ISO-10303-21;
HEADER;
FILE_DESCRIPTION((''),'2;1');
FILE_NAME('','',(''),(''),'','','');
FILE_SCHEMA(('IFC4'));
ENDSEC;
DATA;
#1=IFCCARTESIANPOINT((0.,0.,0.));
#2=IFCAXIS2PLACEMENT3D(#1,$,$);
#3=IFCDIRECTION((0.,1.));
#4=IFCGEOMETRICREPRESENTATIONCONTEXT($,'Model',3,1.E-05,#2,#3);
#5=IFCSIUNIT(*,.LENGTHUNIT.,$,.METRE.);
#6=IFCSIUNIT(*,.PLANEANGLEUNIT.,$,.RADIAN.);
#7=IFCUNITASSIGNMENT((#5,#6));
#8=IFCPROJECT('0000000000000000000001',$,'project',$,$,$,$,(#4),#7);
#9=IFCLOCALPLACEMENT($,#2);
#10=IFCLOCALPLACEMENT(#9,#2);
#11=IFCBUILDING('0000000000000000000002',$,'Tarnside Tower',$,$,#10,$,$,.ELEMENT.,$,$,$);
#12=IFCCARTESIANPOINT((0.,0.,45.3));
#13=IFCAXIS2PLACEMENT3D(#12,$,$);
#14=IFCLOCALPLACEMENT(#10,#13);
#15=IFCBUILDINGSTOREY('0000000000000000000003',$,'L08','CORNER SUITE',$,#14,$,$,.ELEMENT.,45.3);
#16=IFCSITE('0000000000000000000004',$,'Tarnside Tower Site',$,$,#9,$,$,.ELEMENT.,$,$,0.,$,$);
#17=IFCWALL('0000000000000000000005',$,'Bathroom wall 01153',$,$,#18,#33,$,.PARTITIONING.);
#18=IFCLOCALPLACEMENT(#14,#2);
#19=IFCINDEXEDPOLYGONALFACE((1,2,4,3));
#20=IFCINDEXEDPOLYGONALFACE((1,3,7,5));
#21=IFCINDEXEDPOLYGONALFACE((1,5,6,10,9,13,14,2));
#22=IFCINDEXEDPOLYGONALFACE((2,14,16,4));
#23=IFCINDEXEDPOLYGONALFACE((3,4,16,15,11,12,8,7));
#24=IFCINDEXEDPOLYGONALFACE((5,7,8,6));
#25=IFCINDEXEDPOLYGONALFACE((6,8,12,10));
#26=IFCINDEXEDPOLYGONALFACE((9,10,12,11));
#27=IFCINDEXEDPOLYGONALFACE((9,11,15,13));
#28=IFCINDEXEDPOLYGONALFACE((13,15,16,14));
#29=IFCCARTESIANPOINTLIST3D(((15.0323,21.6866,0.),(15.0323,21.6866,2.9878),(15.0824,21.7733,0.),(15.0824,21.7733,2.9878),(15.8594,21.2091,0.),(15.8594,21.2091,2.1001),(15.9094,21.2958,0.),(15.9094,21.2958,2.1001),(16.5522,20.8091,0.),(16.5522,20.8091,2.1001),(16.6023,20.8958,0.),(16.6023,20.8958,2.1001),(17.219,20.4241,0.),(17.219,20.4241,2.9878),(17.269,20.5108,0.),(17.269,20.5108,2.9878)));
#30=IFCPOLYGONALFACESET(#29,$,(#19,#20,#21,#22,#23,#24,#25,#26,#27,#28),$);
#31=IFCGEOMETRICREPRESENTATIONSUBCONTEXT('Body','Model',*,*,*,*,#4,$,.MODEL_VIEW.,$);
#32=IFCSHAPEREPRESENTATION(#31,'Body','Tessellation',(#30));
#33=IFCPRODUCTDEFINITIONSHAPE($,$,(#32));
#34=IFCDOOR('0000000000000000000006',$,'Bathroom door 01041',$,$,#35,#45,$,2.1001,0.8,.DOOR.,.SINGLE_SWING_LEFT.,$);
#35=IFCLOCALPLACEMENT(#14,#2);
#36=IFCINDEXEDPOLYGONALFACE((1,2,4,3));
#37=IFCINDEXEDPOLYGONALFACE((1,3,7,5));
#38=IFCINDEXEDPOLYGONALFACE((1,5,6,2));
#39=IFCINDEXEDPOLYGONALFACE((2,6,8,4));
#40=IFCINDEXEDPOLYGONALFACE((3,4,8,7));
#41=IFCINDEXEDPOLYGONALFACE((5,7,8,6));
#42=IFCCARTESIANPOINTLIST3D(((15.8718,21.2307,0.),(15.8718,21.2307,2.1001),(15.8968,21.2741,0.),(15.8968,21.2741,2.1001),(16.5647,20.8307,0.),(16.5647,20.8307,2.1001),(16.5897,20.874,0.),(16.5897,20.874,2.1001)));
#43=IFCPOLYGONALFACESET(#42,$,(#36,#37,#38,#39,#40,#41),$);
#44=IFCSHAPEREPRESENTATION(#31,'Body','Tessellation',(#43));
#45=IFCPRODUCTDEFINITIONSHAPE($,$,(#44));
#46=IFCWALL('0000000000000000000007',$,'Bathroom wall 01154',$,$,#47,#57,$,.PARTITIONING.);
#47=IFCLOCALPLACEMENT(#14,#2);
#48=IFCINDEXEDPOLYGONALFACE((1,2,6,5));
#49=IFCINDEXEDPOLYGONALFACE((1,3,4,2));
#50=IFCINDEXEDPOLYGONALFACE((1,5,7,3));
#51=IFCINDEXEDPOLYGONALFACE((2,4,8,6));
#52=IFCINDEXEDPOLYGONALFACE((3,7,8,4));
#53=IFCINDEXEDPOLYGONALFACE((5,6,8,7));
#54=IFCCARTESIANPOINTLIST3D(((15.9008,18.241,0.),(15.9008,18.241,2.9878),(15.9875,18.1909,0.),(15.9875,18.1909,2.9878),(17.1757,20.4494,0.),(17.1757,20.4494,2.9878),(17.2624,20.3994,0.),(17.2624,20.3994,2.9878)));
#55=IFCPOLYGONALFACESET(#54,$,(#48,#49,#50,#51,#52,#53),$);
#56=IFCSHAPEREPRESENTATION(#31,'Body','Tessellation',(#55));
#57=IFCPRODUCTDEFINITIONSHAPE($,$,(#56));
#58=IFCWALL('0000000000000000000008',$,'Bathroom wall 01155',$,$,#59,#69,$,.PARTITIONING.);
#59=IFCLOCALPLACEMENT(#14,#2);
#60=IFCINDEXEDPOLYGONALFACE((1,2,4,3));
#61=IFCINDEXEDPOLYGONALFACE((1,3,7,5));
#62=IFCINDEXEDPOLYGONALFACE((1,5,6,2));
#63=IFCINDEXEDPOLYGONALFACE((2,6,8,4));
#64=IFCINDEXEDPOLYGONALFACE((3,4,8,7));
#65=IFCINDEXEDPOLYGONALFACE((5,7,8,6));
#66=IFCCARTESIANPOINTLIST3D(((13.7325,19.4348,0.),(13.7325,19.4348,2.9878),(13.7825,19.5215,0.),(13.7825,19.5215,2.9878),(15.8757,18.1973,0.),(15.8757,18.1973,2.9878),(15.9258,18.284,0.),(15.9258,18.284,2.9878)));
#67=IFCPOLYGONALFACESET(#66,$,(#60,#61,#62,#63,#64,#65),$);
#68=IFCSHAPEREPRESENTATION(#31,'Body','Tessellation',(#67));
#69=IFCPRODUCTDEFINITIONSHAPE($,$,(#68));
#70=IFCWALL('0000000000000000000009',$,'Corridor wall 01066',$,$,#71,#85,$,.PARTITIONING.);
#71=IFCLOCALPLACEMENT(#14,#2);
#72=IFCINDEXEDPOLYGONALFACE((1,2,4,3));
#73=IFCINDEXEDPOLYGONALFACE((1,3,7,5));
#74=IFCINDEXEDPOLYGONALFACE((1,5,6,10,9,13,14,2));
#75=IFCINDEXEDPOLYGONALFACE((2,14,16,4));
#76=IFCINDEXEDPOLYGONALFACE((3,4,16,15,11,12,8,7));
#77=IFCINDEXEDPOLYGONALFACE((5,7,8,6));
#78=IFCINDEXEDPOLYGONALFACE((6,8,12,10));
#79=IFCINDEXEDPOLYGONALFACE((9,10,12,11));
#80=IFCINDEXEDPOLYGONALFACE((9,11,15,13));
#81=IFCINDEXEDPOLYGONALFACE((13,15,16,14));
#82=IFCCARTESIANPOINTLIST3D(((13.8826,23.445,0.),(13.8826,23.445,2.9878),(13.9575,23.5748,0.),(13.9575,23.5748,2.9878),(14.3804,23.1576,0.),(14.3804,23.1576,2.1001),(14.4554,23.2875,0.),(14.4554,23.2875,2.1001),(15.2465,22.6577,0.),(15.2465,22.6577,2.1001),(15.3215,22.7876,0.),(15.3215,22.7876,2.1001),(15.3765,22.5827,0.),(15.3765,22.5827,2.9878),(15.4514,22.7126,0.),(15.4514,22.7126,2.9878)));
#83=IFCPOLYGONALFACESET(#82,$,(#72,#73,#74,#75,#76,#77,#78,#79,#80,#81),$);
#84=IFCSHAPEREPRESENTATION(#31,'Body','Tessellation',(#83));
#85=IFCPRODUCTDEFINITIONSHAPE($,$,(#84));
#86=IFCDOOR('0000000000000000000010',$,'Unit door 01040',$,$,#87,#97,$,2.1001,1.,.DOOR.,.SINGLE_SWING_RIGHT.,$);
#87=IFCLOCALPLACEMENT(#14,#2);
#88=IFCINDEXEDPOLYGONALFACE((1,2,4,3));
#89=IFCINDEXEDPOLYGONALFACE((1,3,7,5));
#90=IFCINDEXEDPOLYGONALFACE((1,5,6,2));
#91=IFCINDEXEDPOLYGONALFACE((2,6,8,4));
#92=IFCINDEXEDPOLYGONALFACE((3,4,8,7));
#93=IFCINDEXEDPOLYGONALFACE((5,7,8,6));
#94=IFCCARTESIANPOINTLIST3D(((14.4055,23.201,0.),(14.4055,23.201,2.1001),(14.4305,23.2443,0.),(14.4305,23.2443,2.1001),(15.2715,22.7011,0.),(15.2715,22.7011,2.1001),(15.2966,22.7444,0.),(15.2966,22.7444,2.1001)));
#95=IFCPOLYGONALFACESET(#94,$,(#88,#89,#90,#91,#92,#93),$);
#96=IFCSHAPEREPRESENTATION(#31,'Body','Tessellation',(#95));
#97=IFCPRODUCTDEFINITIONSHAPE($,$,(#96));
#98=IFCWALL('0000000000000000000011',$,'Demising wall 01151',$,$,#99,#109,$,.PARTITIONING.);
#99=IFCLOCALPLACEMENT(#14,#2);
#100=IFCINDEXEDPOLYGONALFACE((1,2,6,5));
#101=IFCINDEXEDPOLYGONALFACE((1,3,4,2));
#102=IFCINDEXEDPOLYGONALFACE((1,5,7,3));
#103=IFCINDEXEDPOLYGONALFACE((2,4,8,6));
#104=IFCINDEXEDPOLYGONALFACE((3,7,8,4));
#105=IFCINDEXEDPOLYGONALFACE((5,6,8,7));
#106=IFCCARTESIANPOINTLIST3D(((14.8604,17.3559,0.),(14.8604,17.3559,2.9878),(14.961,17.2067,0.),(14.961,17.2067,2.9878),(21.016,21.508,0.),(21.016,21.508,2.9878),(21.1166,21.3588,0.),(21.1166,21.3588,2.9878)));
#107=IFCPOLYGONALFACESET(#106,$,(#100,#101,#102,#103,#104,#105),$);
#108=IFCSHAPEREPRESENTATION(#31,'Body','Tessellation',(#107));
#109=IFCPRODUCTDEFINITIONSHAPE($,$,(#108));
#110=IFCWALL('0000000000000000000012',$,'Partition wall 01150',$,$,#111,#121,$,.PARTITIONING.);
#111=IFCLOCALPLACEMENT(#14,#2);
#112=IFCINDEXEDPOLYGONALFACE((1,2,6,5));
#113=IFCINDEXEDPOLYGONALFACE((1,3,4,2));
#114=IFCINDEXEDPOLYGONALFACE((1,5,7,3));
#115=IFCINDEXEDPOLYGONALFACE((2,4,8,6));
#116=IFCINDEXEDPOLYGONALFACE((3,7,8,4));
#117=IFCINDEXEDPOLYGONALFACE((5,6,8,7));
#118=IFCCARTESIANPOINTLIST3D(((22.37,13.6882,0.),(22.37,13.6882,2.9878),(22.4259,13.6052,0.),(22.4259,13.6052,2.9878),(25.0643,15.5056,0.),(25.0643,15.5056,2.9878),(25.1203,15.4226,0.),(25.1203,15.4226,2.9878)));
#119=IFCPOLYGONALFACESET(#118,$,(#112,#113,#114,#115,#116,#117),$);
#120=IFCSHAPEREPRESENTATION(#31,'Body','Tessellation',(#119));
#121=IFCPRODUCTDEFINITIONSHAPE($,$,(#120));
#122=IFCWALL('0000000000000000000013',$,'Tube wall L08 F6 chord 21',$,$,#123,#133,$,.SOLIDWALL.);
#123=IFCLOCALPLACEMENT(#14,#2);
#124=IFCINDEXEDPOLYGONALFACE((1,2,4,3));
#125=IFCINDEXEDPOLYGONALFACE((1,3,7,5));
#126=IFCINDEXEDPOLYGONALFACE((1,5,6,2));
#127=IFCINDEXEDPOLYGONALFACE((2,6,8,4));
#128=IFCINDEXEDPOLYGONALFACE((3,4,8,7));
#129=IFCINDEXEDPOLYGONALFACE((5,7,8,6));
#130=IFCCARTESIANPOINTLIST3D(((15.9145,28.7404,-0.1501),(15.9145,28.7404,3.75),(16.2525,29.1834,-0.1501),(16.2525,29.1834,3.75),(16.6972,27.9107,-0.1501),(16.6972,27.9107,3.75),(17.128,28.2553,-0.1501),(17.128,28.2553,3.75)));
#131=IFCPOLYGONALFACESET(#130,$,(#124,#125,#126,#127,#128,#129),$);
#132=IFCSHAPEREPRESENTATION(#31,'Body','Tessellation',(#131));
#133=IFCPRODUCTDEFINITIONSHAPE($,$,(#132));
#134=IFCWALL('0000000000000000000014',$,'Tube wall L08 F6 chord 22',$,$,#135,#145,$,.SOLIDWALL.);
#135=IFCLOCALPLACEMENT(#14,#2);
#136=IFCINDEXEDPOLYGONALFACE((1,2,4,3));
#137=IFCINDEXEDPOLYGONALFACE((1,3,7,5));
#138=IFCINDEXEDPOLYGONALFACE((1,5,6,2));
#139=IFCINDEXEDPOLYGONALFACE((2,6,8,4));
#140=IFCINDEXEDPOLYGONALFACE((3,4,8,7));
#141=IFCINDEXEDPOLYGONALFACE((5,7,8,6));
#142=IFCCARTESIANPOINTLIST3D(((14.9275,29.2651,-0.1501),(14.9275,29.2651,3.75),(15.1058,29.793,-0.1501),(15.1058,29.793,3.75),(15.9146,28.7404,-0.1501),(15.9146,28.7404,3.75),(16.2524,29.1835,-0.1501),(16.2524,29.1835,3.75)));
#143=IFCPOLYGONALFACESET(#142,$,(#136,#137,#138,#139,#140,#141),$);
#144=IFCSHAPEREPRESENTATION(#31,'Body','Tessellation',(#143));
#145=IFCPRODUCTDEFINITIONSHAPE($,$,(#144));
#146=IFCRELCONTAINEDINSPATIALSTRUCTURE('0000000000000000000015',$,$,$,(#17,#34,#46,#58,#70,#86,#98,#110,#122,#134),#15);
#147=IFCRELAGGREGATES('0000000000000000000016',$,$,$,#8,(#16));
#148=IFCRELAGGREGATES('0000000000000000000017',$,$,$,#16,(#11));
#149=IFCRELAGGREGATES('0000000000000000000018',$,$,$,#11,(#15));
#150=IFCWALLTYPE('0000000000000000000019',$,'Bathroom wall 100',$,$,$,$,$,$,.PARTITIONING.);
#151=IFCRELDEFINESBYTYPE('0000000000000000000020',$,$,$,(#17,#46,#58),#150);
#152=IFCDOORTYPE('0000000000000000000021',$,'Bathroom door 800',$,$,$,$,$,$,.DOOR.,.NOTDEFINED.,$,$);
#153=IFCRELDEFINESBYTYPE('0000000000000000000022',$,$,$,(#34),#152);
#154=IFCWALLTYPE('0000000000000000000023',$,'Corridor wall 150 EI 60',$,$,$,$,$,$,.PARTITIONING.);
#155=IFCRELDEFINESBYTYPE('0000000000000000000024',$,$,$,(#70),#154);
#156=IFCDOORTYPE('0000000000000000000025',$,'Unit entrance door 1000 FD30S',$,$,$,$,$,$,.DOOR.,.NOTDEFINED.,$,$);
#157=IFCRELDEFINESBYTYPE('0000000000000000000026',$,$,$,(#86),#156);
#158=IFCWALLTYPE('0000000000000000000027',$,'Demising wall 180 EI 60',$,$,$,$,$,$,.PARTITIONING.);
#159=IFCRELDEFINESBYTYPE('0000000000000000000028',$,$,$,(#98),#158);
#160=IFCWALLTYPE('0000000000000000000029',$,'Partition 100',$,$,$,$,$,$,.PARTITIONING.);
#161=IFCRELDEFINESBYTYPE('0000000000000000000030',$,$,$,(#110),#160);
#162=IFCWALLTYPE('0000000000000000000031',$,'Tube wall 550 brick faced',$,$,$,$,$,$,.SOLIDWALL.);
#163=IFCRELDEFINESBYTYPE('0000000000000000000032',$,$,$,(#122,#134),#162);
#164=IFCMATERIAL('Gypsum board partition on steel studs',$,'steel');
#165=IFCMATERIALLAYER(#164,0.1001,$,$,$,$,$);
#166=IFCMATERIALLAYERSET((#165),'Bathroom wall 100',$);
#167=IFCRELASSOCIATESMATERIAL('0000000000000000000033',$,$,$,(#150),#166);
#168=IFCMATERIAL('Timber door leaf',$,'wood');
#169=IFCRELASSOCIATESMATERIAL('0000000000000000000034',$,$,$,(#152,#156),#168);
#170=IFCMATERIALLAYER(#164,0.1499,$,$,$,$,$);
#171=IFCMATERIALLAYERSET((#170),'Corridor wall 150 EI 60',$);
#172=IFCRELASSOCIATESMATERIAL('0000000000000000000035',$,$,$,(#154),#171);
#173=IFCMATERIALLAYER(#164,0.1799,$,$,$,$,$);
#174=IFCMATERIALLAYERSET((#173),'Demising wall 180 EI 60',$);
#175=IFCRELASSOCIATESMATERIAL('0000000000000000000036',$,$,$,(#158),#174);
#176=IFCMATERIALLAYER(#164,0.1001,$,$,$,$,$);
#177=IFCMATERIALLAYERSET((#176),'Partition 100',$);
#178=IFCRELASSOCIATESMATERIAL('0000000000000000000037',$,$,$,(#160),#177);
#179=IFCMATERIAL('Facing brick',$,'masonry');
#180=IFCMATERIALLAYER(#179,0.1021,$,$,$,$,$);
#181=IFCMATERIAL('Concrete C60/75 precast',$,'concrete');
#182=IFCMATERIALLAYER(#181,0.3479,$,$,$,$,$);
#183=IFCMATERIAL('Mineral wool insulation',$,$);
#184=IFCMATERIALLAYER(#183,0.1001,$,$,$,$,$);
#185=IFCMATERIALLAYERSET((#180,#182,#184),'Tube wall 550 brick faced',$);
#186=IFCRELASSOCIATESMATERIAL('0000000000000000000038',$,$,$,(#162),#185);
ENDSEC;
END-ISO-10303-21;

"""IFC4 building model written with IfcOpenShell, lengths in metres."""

from ifc_helpers import new_model, si_unit, direction, frame, frame_2d, origin, place, context, subcontext, project, spatial, polyline, rectangle, outline, extrude, material, layer, layer_set, type_object, element, fill, save


model = new_model("IFC4")

# Units and contexts
model_context = context("Model", 3, precision=1e-05, world=origin(), true_north=direction((0.0, 1.0)))
body_context = subcontext(model_context, "Body", "Model", "MODEL_VIEW")
ifc_project = project(units=[si_unit("LENGTHUNIT", "METRE"), si_unit("PLANEANGLEUNIT", "RADIAN")], contexts=[model_context])

# Site, building, storey
site_placement = place(None, origin())
site = spatial("IfcSite", under=ifc_project, at=site_placement, Name="Tarnside Tower Site", CompositionType="ELEMENT", RefElevation=0.0)
building_placement = place(site_placement, origin())
building = spatial("IfcBuilding", under=site, at=building_placement, Name="Tarnside Tower", CompositionType="ELEMENT")
storey_placement = place(building_placement, frame((0.0, 0.0, 45.3)))
storey = spatial("IfcBuildingStorey", under=building, at=storey_placement, Name="L08", Description="CORNER SUITE", CompositionType="ELEMENT", Elevation=45.3)

# Shared definitions
ifc_material_1 = material(Name="Gypsum board partition on steel studs", Category="steel")
ifc_layer_1 = layer(ifc_material_1, 0.1001)
ifc_layer_set_1 = layer_set([ifc_layer_1], Name="Bathroom wall 100")
wall_type_1 = type_object("IfcWallType", Name="Bathroom wall 100", PredefinedType="PARTITIONING", material=ifc_layer_set_1)

# Wall, opening, door
ifc_material_2 = material(Name="Timber door leaf", Category="wood")
door_type_1 = type_object("IfcDoorType", Name="Bathroom door 800", OperationType="NOTDEFINED", PredefinedType="DOOR", material=ifc_material_2)
wall_1_placement = place(storey_placement, frame((15.0574, 21.73, 0.0), z_axis=(0.0, 0.0, 1.0), x_axis=(0.866015, -0.500018, 0.0)))
wall_1 = element("IfcWall", 1, at=wall_1_placement, inside=storey, type_object=wall_type_1, Name="Bathroom wall 01153", PredefinedType="PARTITIONING", context=body_context, shape_type="SweptSolid", body=[
    extrude(rectangle(XDim=2.5249, YDim=0.1001, at=frame_2d((1.2625, 0.0))), origin(), (0.0, 0.0, 1.0), 2.9878),
])
opening_1_placement = place(wall_1_placement, frame((0.9551, 0.0, 0.0)))
opening_1 = element("IfcOpeningElement", 2, at=opening_1_placement, cuts=wall_1, PredefinedType="OPENING", context=body_context, shape_type="SweptSolid", body=[
    extrude(rectangle(XDim=0.8, YDim=2.1001, at=frame_2d((0.3999, 1.05))), frame((0.0, 0.0601, 0.0), z_axis=(0.0, -1.0, 0.0), x_axis=(1.0, 0.0, 0.0)), (0.0, 0.0, 1.0), 0.1201),
])
door_1_placement = place(opening_1_placement, origin())
door_1 = element("IfcDoor", 3, at=door_1_placement, inside=storey, type_object=door_type_1, Name="Bathroom door 01041", OperationType="SINGLE_SWING_LEFT", OverallHeight=2.1001, OverallWidth=0.8, PredefinedType="DOOR", context=body_context, shape_type="SweptSolid", body=[
    extrude(rectangle(XDim=0.8, YDim=2.1001, at=frame_2d((0.3999, 1.05))), frame((0.0, 0.0249, 0.0), z_axis=(0.0, -1.0, 0.0), x_axis=(1.0, 0.0, 0.0)), (0.0, 0.0, 1.0), 0.05),
])
fill(opening_1, door_1)

# Walls
wall_2_placement = place(storey_placement, frame((17.219, 20.4243, 0.0), z_axis=(0.0, 0.0, 1.0), x_axis=(-0.499949, -0.866055, 0.0)))
element("IfcWall", 4, at=wall_2_placement, inside=storey, type_object=wall_type_1, Name="Bathroom wall 01154", PredefinedType="PARTITIONING", context=body_context, shape_type="SweptSolid", body=[
    extrude(rectangle(XDim=2.55, YDim=0.1001, at=frame_2d((1.2749, 0.0))), origin(), (0.0, 0.0, 1.0), 2.9878),
])
wall_3_placement = place(storey_placement, frame((15.9006, 18.2407, 0.0), z_axis=(0.0, 0.0, 1.0), x_axis=(-0.866007, 0.500033, 0.0)))
element("IfcWall", 5, at=wall_3_placement, inside=storey, type_object=wall_type_1, Name="Bathroom wall 01155", PredefinedType="PARTITIONING", context=body_context, shape_type="SweptSolid", body=[
    extrude(rectangle(XDim=2.4749, YDim=0.1001, at=frame_2d((1.2373, 0.0))), origin(), (0.0, 0.0, 1.0), 2.9878),
])

# Wall, opening, door
ifc_layer_2 = layer(ifc_material_1, 0.1499)
ifc_layer_set_2 = layer_set([ifc_layer_2], Name="Corridor wall 150 EI 60")
wall_type_2 = type_object("IfcWallType", Name="Corridor wall 150 EI 60", PredefinedType="PARTITIONING", material=ifc_layer_set_2)
wall_4_placement = place(storey_placement, frame((15.4138, 22.6477, 0.0), z_axis=(0.0, 0.0, 1.0), x_axis=(-0.866075, 0.499914, 0.0)))
wall_4 = element("IfcWall", 6, at=wall_4_placement, inside=storey, type_object=wall_type_2, Name="Corridor wall 01066", PredefinedType="PARTITIONING", context=body_context, shape_type="SweptSolid", body=[
    extrude(rectangle(XDim=1.7249, YDim=0.1499, at=frame_2d((0.8623, 0.0))), origin(), (0.0, 0.0, 1.0), 2.9878),
])
opening_2_placement = place(wall_4_placement, frame((0.1499, 0.0, 0.0)))
opening_2 = element("IfcOpeningElement", 7, at=opening_2_placement, cuts=wall_4, PredefinedType="OPENING", context=body_context, shape_type="SweptSolid", body=[
    extrude(rectangle(XDim=1.0, YDim=2.1001, at=frame_2d((0.5, 1.05))), frame((0.0, 0.085, 0.0), z_axis=(0.0, -1.0, 0.0), x_axis=(1.0, 0.0, 0.0)), (0.0, 0.0, 1.0), 0.1699),
])
door_type_2 = type_object("IfcDoorType", Name="Unit entrance door 1000 FD30S", OperationType="NOTDEFINED", PredefinedType="DOOR", material=ifc_material_2)
door_2_placement = place(opening_2_placement, origin())
door_2 = element("IfcDoor", 8, at=door_2_placement, inside=storey, type_object=door_type_2, Name="Unit door 01040", OperationType="SINGLE_SWING_RIGHT", OverallHeight=2.1001, OverallWidth=1.0, PredefinedType="DOOR", context=body_context, shape_type="SweptSolid", body=[
    extrude(rectangle(XDim=1.0, YDim=2.1001, at=frame_2d((0.5, 1.05))), frame((0.0, 0.0249, 0.0), z_axis=(0.0, -1.0, 0.0), x_axis=(1.0, 0.0, 0.0)), (0.0, 0.0, 1.0), 0.05),
])
fill(opening_2, door_2)

# Walls
ifc_layer_3 = layer(ifc_material_1, 0.1799)
ifc_layer_set_3 = layer_set([ifc_layer_3], Name="Demising wall 180 EI 60")
wall_type_3 = type_object("IfcWallType", Name="Demising wall 180 EI 60", PredefinedType="PARTITIONING", material=ifc_layer_set_3)
wall_5_placement = place(storey_placement, frame((21.0662, 21.4333, 0.0), z_axis=(0.0, 0.0, 1.0), x_axis=(-0.829028, -0.559207, 0.0)))
element("IfcWall", 9, at=wall_5_placement, inside=storey, type_object=wall_type_3, Name="Demising wall 01151", PredefinedType="PARTITIONING", context=body_context, shape_type="SweptSolid", body=[
    extrude(rectangle(XDim=7.425, YDim=0.1799, at=frame_2d((3.7124, 0.0))), origin(), (0.0, 0.0, 1.0), 2.9878),
])
ifc_layer_4 = layer(ifc_material_1, 0.1001)
ifc_layer_set_4 = layer_set([ifc_layer_4], Name="Partition 100")
wall_type_4 = type_object("IfcWallType", Name="Partition 100", PredefinedType="PARTITIONING", material=ifc_layer_set_4)
wall_6_placement = place(storey_placement, frame((22.3979, 13.6467, 0.0), z_axis=(0.0, 0.0, 1.0), x_axis=(0.829033, 0.559199, 0.0)))
element("IfcWall", 10, at=wall_6_placement, inside=storey, type_object=wall_type_4, Name="Partition wall 01150", PredefinedType="PARTITIONING", context=body_context, shape_type="SweptSolid", body=[
    extrude(rectangle(XDim=3.25, YDim=0.1001, at=frame_2d((1.625, 0.0))), origin(), (0.0, 0.0, 1.0), 2.9878),
])
ifc_material_3 = material(Name="Facing brick", Category="masonry")
ifc_layer_5 = layer(ifc_material_3, 0.1021)
ifc_material_4 = material(Name="Concrete C60/75 precast", Category="concrete")
ifc_layer_6 = layer(ifc_material_4, 0.3479)
ifc_material_5 = material(Name="Mineral wool insulation")
ifc_layer_7 = layer(ifc_material_5, 0.1001)
ifc_layer_set_5 = layer_set([ifc_layer_5, ifc_layer_6, ifc_layer_7], Name="Tube wall 550 brick faced")
wall_type_5 = type_object("IfcWallType", Name="Tube wall 550 brick faced", PredefinedType="SOLIDWALL", material=ifc_layer_set_5)
wall_7_placement = place(storey_placement, frame((16.9126, 28.083, -0.1501), z_axis=(0.0, 0.0, 1.0), x_axis=(-0.686196, 0.727416, 0.0)))
element("IfcWall", 11, at=wall_7_placement, inside=storey, type_object=wall_type_5, Name="Tube wall L08 F6 chord 21", PredefinedType="SOLIDWALL", context=body_context, shape_type="SweptSolid", body=[
    extrude(outline(polyline([(-0.0225, -0.2749), (1.2534, -0.2749), (1.1631, 0.2749), (0.0225, 0.2749), (-0.0225, -0.2749)])), origin(), (0.0, 0.0, 1.0), 3.9001),
])
wall_8_placement = place(storey_placement, frame((16.0835, 28.9619, -0.1501), z_axis=(0.0, 0.0, 1.0), x_axis=(-0.882995, 0.469382, 0.0)))
element("IfcWall", 12, at=wall_8_placement, inside=storey, type_object=wall_type_5, Name="Tube wall L08 F6 chord 22", PredefinedType="SOLIDWALL", context=body_context, shape_type="SweptSolid", body=[
    extrude(outline(polyline([(-0.0452, -0.2749), (1.2534, -0.2749), (1.1631, 0.2749), (0.0452, 0.2749), (-0.0452, -0.2749)])), origin(), (0.0, 0.0, 1.0), 3.9001),
])

save(model, "model.ifc")
